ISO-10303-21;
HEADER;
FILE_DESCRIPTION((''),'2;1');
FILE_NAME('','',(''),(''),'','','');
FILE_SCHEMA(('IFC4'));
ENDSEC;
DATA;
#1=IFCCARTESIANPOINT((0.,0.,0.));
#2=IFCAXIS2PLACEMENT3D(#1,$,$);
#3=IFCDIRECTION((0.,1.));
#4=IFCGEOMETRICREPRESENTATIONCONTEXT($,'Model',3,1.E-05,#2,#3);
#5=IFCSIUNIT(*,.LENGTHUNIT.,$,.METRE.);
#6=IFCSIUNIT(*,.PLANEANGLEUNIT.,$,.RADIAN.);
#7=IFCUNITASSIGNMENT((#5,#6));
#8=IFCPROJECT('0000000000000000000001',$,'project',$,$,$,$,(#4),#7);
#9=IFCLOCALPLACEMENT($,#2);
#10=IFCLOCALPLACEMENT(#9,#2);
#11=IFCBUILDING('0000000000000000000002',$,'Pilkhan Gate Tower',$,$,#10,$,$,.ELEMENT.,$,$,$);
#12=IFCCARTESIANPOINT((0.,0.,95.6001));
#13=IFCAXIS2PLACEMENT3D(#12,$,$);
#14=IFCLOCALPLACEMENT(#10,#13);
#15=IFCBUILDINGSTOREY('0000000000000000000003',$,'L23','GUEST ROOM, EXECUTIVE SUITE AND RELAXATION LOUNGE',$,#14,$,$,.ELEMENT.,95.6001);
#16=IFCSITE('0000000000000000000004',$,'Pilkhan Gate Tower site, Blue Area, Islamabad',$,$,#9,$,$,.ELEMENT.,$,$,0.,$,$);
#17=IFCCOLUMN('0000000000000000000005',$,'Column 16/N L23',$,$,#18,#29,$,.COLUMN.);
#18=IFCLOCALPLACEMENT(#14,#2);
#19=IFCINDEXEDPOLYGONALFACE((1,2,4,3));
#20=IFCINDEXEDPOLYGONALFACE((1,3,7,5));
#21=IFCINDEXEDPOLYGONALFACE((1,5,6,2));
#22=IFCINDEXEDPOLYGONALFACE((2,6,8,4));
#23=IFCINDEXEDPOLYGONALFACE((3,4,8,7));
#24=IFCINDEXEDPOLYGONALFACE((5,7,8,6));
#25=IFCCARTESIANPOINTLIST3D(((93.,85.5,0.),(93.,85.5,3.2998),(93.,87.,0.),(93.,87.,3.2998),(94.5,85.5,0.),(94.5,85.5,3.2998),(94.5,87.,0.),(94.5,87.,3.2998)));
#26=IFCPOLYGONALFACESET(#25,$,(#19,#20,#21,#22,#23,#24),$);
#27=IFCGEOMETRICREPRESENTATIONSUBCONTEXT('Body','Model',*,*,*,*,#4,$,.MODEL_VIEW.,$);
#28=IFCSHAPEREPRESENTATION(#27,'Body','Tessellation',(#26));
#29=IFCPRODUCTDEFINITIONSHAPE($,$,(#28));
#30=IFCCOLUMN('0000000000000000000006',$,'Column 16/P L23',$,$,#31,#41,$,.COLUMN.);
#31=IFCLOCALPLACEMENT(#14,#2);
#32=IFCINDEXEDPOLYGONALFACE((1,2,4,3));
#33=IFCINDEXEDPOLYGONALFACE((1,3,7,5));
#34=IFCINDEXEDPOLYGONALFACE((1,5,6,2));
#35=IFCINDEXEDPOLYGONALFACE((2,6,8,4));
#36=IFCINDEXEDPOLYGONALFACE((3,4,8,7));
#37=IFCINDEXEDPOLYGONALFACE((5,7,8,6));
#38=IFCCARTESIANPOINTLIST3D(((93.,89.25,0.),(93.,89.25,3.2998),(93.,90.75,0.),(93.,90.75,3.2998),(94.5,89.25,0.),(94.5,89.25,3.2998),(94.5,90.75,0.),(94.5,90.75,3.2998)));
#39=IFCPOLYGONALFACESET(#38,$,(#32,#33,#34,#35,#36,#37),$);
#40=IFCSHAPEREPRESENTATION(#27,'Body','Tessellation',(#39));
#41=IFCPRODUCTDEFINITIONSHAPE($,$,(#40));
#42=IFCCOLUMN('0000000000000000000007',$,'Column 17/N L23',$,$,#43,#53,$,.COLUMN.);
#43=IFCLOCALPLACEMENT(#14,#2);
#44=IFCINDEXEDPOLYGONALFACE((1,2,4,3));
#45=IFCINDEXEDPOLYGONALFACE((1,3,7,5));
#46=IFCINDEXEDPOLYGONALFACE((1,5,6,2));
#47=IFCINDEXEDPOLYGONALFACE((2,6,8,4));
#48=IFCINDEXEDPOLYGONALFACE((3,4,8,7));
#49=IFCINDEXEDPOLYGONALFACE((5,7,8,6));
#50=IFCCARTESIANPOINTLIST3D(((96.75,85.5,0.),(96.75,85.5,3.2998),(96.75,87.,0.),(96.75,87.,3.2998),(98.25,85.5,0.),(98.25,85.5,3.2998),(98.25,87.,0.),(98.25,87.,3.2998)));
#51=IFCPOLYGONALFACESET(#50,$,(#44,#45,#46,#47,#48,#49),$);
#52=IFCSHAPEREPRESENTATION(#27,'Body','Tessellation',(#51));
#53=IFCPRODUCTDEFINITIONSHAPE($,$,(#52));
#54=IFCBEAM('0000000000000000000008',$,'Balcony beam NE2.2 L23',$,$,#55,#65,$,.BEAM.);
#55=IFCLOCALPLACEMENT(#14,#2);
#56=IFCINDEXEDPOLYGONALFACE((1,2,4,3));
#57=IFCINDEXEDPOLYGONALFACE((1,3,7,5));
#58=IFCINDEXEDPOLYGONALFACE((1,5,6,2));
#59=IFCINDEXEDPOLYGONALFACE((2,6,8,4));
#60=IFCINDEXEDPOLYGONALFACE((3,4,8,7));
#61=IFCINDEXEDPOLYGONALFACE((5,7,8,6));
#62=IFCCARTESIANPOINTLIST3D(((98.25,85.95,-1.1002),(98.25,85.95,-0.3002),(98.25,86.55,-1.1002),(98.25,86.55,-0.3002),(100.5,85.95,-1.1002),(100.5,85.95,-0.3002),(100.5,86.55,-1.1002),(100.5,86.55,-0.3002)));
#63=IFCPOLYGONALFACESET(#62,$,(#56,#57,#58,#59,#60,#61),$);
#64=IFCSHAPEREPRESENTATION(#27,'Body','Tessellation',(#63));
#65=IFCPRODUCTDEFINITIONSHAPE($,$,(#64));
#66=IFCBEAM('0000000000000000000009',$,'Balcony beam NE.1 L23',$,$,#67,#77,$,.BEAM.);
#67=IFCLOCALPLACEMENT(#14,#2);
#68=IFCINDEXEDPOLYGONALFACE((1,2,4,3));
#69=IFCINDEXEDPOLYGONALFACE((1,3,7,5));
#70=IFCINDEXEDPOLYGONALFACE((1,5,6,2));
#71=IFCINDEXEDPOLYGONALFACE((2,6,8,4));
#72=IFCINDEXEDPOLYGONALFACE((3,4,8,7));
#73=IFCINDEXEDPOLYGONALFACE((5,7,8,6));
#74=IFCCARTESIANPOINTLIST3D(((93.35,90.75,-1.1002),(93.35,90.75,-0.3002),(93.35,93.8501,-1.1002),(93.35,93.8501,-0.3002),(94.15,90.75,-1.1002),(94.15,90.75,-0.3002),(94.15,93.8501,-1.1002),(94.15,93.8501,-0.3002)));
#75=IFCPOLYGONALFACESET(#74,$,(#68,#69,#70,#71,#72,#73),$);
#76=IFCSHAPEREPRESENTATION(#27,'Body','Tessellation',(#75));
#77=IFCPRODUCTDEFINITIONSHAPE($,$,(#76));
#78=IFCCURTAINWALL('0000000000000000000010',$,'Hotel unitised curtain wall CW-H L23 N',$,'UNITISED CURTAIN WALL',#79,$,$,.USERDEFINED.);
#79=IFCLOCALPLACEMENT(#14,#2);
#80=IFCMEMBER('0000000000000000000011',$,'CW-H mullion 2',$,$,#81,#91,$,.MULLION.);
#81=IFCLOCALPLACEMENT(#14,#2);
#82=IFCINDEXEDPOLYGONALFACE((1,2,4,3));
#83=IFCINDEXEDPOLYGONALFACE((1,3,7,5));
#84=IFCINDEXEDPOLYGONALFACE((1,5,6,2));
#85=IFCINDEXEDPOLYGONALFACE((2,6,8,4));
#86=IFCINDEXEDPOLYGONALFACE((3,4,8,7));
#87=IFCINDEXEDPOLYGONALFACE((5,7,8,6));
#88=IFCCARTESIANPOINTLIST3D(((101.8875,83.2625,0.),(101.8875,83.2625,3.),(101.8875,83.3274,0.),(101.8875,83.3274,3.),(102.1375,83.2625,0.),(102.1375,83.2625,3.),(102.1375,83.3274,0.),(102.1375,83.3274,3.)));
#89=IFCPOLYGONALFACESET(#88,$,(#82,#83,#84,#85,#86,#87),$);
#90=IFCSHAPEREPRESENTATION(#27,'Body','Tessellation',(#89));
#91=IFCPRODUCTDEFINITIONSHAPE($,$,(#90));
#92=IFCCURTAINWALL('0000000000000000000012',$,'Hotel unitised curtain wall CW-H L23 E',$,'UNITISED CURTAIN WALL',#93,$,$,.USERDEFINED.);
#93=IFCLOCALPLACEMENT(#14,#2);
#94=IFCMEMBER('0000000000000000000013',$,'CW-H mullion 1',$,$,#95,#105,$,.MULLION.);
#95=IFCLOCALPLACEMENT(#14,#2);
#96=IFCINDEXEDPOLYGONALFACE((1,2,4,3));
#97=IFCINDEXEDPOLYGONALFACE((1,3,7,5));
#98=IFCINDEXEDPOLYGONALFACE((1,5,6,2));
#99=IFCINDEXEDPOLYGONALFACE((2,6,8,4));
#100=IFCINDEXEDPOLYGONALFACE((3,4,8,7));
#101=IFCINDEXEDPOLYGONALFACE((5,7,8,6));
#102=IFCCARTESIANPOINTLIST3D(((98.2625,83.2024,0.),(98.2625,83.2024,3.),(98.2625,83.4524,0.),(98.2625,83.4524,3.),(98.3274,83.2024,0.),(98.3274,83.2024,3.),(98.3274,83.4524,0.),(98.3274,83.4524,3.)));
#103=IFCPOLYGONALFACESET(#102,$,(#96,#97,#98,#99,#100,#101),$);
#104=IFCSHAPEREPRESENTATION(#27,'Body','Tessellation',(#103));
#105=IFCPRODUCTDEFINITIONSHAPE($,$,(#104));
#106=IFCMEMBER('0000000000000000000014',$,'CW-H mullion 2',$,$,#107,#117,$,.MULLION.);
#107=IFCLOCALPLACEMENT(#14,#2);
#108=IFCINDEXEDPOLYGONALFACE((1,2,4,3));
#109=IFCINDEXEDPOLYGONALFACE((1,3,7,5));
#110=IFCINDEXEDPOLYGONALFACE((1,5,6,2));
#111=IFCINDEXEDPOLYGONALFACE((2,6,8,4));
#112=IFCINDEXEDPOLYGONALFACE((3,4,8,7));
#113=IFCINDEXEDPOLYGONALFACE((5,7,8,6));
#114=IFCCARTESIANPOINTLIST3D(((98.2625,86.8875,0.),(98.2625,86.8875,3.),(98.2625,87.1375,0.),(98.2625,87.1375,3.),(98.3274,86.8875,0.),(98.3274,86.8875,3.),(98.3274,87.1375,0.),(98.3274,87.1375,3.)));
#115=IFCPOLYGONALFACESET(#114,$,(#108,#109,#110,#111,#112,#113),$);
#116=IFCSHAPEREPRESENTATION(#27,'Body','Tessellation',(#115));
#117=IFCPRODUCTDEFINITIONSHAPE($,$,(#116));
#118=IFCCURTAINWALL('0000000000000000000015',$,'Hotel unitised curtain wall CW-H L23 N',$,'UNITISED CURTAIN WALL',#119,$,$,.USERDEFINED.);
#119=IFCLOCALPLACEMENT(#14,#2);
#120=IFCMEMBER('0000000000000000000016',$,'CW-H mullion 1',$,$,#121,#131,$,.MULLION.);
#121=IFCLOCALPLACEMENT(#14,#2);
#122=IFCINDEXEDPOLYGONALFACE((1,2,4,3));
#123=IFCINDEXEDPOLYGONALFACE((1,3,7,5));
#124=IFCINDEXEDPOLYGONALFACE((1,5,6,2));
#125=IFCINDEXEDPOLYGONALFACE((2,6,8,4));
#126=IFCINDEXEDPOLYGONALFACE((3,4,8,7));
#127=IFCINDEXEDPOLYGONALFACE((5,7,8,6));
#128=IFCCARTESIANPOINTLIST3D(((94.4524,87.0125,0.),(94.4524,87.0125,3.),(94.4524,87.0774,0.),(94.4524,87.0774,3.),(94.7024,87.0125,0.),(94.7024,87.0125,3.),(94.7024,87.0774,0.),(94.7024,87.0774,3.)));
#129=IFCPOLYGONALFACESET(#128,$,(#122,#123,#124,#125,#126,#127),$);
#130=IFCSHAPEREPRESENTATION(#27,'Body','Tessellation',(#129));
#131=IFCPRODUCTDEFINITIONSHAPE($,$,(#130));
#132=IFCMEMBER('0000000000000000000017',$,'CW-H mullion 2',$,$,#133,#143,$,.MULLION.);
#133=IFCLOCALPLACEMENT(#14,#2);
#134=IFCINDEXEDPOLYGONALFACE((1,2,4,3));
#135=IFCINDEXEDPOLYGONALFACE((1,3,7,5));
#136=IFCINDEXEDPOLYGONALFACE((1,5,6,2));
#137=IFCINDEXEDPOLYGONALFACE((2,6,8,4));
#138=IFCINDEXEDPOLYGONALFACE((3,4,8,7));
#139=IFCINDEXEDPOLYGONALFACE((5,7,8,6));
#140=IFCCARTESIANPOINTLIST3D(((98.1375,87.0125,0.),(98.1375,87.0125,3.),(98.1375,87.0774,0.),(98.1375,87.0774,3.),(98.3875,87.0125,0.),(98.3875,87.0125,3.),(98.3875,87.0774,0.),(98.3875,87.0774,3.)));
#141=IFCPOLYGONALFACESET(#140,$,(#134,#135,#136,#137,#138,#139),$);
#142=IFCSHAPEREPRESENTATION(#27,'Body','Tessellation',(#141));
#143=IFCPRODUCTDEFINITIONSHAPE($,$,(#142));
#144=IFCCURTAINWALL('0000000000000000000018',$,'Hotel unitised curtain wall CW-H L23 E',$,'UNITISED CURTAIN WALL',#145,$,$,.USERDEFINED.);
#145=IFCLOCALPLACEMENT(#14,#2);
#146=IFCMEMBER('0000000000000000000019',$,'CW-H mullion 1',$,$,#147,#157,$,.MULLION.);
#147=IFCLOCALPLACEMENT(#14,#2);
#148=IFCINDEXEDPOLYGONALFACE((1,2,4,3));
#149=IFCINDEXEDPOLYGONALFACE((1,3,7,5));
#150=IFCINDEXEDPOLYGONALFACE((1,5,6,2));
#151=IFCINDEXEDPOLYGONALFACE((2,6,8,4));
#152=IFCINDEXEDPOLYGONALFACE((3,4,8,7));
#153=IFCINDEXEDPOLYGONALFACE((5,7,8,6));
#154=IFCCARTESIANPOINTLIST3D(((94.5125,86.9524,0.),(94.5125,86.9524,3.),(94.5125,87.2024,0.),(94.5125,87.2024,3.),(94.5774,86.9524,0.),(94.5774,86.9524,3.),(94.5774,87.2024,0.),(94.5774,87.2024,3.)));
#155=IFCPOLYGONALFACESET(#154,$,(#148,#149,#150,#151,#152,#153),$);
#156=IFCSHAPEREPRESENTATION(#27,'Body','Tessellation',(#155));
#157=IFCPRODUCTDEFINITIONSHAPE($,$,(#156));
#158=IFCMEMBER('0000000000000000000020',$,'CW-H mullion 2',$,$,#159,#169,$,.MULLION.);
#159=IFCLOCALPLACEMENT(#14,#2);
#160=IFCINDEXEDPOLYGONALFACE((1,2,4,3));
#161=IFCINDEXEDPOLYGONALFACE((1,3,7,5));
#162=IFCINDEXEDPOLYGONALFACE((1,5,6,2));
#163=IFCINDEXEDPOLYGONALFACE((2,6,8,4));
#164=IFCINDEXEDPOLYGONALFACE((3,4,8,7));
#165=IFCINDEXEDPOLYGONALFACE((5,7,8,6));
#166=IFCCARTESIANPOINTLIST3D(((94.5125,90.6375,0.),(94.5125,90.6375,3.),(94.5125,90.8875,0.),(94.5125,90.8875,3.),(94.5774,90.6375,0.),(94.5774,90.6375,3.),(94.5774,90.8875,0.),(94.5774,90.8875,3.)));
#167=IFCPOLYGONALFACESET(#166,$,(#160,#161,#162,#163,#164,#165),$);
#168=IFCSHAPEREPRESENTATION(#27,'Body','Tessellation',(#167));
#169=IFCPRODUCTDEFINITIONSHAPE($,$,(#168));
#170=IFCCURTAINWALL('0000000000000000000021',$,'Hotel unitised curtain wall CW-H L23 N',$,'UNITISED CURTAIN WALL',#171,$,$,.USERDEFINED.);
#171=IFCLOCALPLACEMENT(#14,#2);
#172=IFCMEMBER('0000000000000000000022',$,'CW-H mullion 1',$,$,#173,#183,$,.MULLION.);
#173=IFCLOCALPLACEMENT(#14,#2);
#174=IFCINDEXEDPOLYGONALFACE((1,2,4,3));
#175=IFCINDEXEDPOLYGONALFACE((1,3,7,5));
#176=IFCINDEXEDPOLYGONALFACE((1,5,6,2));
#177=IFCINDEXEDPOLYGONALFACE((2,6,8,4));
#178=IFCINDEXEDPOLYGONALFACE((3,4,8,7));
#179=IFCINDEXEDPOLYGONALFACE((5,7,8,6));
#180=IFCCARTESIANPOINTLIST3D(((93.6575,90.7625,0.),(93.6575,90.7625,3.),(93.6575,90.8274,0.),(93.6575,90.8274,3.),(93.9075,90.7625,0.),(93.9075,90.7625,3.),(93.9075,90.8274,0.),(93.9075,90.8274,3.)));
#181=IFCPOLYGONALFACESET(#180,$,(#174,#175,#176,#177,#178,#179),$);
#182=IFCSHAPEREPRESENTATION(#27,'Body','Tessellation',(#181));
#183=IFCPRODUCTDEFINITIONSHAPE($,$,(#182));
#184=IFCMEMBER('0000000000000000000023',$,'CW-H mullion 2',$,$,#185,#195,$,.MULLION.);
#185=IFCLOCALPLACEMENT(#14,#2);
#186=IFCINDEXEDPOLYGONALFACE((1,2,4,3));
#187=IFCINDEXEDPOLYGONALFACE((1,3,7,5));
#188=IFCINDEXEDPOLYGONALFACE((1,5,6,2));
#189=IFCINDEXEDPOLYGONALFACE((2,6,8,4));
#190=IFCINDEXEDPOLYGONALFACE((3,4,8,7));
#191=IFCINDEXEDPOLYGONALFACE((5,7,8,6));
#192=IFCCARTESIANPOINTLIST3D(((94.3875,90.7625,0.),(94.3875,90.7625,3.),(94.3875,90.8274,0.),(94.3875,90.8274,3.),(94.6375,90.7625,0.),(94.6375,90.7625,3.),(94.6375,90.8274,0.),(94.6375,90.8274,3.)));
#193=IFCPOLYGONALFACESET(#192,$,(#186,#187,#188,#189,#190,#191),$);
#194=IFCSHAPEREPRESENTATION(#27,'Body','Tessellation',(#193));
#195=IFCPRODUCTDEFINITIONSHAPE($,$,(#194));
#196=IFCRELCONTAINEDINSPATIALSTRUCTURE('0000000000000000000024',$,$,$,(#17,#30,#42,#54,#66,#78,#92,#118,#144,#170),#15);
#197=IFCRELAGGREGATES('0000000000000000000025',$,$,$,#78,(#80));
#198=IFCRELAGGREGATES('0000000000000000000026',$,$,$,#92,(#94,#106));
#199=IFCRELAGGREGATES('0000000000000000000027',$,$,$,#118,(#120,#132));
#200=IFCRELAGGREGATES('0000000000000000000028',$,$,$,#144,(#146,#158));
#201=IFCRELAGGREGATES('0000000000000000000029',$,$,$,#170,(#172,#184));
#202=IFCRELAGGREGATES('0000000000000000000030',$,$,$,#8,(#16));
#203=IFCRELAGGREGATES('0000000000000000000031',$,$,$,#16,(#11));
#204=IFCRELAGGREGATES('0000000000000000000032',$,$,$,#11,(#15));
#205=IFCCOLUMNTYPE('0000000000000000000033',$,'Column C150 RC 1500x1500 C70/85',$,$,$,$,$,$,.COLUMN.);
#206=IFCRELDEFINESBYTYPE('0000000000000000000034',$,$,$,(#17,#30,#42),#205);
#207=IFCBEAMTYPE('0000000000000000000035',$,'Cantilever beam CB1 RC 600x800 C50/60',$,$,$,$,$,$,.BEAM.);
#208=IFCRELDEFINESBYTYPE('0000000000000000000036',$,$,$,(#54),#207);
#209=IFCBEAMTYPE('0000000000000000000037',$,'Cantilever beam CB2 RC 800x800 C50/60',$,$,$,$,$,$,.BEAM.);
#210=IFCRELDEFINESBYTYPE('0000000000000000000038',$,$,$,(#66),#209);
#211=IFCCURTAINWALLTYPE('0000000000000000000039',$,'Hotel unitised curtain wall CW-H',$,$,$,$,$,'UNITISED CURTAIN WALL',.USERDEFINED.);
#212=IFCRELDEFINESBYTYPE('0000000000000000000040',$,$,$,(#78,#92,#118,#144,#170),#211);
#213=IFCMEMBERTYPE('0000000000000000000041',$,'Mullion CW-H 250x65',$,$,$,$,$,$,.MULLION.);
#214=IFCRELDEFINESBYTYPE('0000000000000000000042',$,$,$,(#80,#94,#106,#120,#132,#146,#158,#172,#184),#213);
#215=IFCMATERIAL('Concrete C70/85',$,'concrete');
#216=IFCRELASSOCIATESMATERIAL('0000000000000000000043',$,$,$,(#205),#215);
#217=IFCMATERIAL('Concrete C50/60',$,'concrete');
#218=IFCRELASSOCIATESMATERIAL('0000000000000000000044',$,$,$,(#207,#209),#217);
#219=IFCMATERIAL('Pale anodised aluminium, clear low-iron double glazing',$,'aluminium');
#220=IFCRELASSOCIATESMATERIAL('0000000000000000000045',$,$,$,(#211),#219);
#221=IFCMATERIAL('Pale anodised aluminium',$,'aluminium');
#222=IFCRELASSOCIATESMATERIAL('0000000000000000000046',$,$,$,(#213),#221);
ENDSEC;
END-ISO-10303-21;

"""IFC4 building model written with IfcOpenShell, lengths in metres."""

from ifc_helpers import new_model, si_unit, direction, frame, origin, origin_2d, place, context, subcontext, project, spatial, rectangle, extrude, material, material_profile, profile_set, type_object, element, aggregate, save


model = new_model("IFC4")

# Units and contexts
model_context = context("Model", 3, precision=1e-05, world=origin(), true_north=direction((0.0, 1.0)))
body_context = subcontext(model_context, "Body", "Model", "MODEL_VIEW")
ifc_project = project(units=[si_unit("LENGTHUNIT", "METRE"), si_unit("PLANEANGLEUNIT", "RADIAN")], contexts=[model_context])

# Site, building, storey
site_placement = place(None, origin())
site = spatial("IfcSite", under=ifc_project, at=site_placement, Name="Pilkhan Gate Tower site, Blue Area, Islamabad", CompositionType="ELEMENT", RefElevation=0.0)
building_placement = place(site_placement, origin())
building = spatial("IfcBuilding", under=site, at=building_placement, Name="Pilkhan Gate Tower", CompositionType="ELEMENT")
storey_placement = place(building_placement, frame((0.0, 0.0, 95.6001)))
storey = spatial("IfcBuildingStorey", under=building, at=storey_placement, Name="L23", Description="GUEST ROOM, EXECUTIVE SUITE AND RELAXATION LOUNGE", CompositionType="ELEMENT", Elevation=95.6001)

# Columns
ifc_material_1 = material(Name="Concrete C70/85", Category="concrete")
ifc_material_profile_1 = material_profile(ifc_material_1, rectangle(XDim=1.5, YDim=1.5, at=origin_2d()), Name="RC 1500x1500")
ifc_profile_set_1 = profile_set([ifc_material_profile_1], Name="Concrete C70/85")
column_type = type_object("IfcColumnType", Name="Column C150 RC 1500x1500 C70/85", PredefinedType="COLUMN", material=ifc_profile_set_1)
for number, where, z_axis, x_axis, name in (
    (1, (93.75, 86.25, 0.0), (0.0, 0.0, 1.0), (1.0, 0.0, 0.0), "Column 16/N L23"),
    (2, (93.75, 90.0, 0.0), (0.0, 0.0, 1.0), (1.0, 0.0, 0.0), "Column 16/P L23"),
    (3, (97.5, 86.25, 0.0), (0.0, 0.0, 1.0), (1.0, 0.0, 0.0), "Column 17/N L23"),
):
    element("IfcColumn", number, at=place(storey_placement, frame(where, z_axis=z_axis, x_axis=x_axis)), inside=storey, type_object=column_type, Name=name, PredefinedType="COLUMN", context=body_context, shape_type="SweptSolid", body=[
        extrude(rectangle(XDim=1.5, YDim=1.5, at=origin_2d()), origin(), (0.0, 0.0, 1.0), 3.2998),
    ])

# Beams
ifc_material_2 = material(Name="Concrete C50/60", Category="concrete")
ifc_material_profile_2 = material_profile(ifc_material_2, rectangle(XDim=0.6001, YDim=0.8, at=origin_2d()), Name="RC 600x800")
ifc_profile_set_2 = profile_set([ifc_material_profile_2], Name="Concrete C50/60")
beam_type_1 = type_object("IfcBeamType", Name="Cantilever beam CB1 RC 600x800 C50/60", PredefinedType="BEAM", material=ifc_profile_set_2)
beam_1_placement = place(storey_placement, frame((98.25, 86.25, -0.7002), z_axis=(1.0, 0.0, 0.0), x_axis=(0.0, 1.0, 0.0)))
element("IfcBeam", 4, at=beam_1_placement, inside=storey, type_object=beam_type_1, Name="Balcony beam NE2.2 L23", PredefinedType="BEAM", context=body_context, shape_type="SweptSolid", body=[
    extrude(rectangle(XDim=0.6001, YDim=0.8, at=origin_2d()), origin(), (0.0, 0.0, 1.0), 2.25),
])
ifc_material_profile_3 = material_profile(ifc_material_2, rectangle(XDim=0.8, YDim=0.8, at=origin_2d()), Name="RC 800x800")
ifc_profile_set_3 = profile_set([ifc_material_profile_3], Name="Concrete C50/60")
beam_type_2 = type_object("IfcBeamType", Name="Cantilever beam CB2 RC 800x800 C50/60", PredefinedType="BEAM", material=ifc_profile_set_3)
beam_2_placement = place(storey_placement, frame((93.75, 90.75, -0.7002), z_axis=(0.0, 1.0, 0.0), x_axis=(-1.0, 0.0, 0.0)))
element("IfcBeam", 5, at=beam_2_placement, inside=storey, type_object=beam_type_2, Name="Balcony beam NE.1 L23", PredefinedType="BEAM", context=body_context, shape_type="SweptSolid", body=[
    extrude(rectangle(XDim=0.8, YDim=0.8, at=origin_2d()), origin(), (0.0, 0.0, 1.0), 3.1001),
])

# Curtain wall, member
ifc_material_3 = material(Name="Pale anodised aluminium, clear low-iron double glazing", Category="aluminium")
curtain_wall_type = type_object("IfcCurtainWallType", Name="Hotel unitised curtain wall CW-H", ElementType="UNITISED CURTAIN WALL", PredefinedType="USERDEFINED", material=ifc_material_3)
curtain_wall_1_placement = place(storey_placement, origin())
curtain_wall_1 = element("IfcCurtainWall", 6, at=curtain_wall_1_placement, inside=storey, type_object=curtain_wall_type, Name="Hotel unitised curtain wall CW-H L23 N", ObjectType="UNITISED CURTAIN WALL", PredefinedType="USERDEFINED")
ifc_material_4 = material(Name="Pale anodised aluminium", Category="aluminium")
ifc_material_profile_4 = material_profile(ifc_material_4, rectangle(XDim=0.0649, YDim=0.25, at=origin_2d()), Name="Mullion 250x65")
ifc_profile_set_4 = profile_set([ifc_material_profile_4], Name="Pale anodised aluminium")
member_type_1 = type_object("IfcMemberType", Name="Mullion CW-H 250x65", PredefinedType="MULLION", material=ifc_profile_set_4)
member_1_placement = place(storey_placement, frame((102.0125, 83.2949, 0.0), z_axis=(0.0, 0.0, 1.0), x_axis=(0.0, 1.0, 0.0)))
member_1 = element("IfcMember", 7, at=member_1_placement, type_object=member_type_1, Name="CW-H mullion 2", PredefinedType="MULLION", context=body_context, shape_type="SweptSolid", body=[
    extrude(rectangle(XDim=0.0649, YDim=0.25, at=origin_2d()), origin(), (0.0, 0.0, 1.0), 3.0),
])

# Curtain walls, members
curtain_wall_2_placement = place(storey_placement, origin())
curtain_wall_2 = element("IfcCurtainWall", 8, at=curtain_wall_2_placement, inside=storey, type_object=curtain_wall_type, Name="Hotel unitised curtain wall CW-H L23 E", ObjectType="UNITISED CURTAIN WALL", PredefinedType="USERDEFINED")
member_2_placement = place(storey_placement, frame((98.2949, 83.3274, 0.0), z_axis=(0.0, 0.0, 1.0), x_axis=(-1.0, 0.0, 0.0)))
member_2 = element("IfcMember", 9, at=member_2_placement, type_object=member_type_1, Name="CW-H mullion 1", PredefinedType="MULLION", context=body_context, shape_type="SweptSolid", body=[
    extrude(rectangle(XDim=0.0649, YDim=0.25, at=origin_2d()), origin(), (0.0, 0.0, 1.0), 3.0),
])
member_3_placement = place(storey_placement, frame((98.2949, 87.0125, 0.0), z_axis=(0.0, 0.0, 1.0), x_axis=(-1.0, 0.0, 0.0)))
member_3 = element("IfcMember", 10, at=member_3_placement, type_object=member_type_1, Name="CW-H mullion 2", PredefinedType="MULLION", context=body_context, shape_type="SweptSolid", body=[
    extrude(rectangle(XDim=0.0649, YDim=0.25, at=origin_2d()), origin(), (0.0, 0.0, 1.0), 3.0),
])
curtain_wall_3_placement = place(storey_placement, origin())
curtain_wall_3 = element("IfcCurtainWall", 11, at=curtain_wall_3_placement, inside=storey, type_object=curtain_wall_type, Name="Hotel unitised curtain wall CW-H L23 N", ObjectType="UNITISED CURTAIN WALL", PredefinedType="USERDEFINED")
member_4_placement = place(storey_placement, frame((94.5774, 87.0449, 0.0), z_axis=(0.0, 0.0, 1.0), x_axis=(0.0, 1.0, 0.0)))
member_4 = element("IfcMember", 12, at=member_4_placement, type_object=member_type_1, Name="CW-H mullion 1", PredefinedType="MULLION", context=body_context, shape_type="SweptSolid", body=[
    extrude(rectangle(XDim=0.0649, YDim=0.25, at=origin_2d()), origin(), (0.0, 0.0, 1.0), 3.0),
])
member_5_placement = place(storey_placement, frame((98.2625, 87.0449, 0.0), z_axis=(0.0, 0.0, 1.0), x_axis=(0.0, 1.0, 0.0)))
member_5 = element("IfcMember", 13, at=member_5_placement, type_object=member_type_1, Name="CW-H mullion 2", PredefinedType="MULLION", context=body_context, shape_type="SweptSolid", body=[
    extrude(rectangle(XDim=0.0649, YDim=0.25, at=origin_2d()), origin(), (0.0, 0.0, 1.0), 3.0),
])
curtain_wall_4_placement = place(storey_placement, origin())
curtain_wall_4 = element("IfcCurtainWall", 14, at=curtain_wall_4_placement, inside=storey, type_object=curtain_wall_type, Name="Hotel unitised curtain wall CW-H L23 E", ObjectType="UNITISED CURTAIN WALL", PredefinedType="USERDEFINED")
member_6_placement = place(storey_placement, frame((94.5449, 87.0774, 0.0), z_axis=(0.0, 0.0, 1.0), x_axis=(-1.0, 0.0, 0.0)))
member_6 = element("IfcMember", 15, at=member_6_placement, type_object=member_type_1, Name="CW-H mullion 1", PredefinedType="MULLION", context=body_context, shape_type="SweptSolid", body=[
    extrude(rectangle(XDim=0.0649, YDim=0.25, at=origin_2d()), origin(), (0.0, 0.0, 1.0), 3.0),
])
member_7_placement = place(storey_placement, frame((94.5449, 90.7625, 0.0), z_axis=(0.0, 0.0, 1.0), x_axis=(-1.0, 0.0, 0.0)))
member_7 = element("IfcMember", 16, at=member_7_placement, type_object=member_type_1, Name="CW-H mullion 2", PredefinedType="MULLION", context=body_context, shape_type="SweptSolid", body=[
    extrude(rectangle(XDim=0.0649, YDim=0.25, at=origin_2d()), origin(), (0.0, 0.0, 1.0), 3.0),
])
curtain_wall_5_placement = place(storey_placement, origin())
curtain_wall_5 = element("IfcCurtainWall", 17, at=curtain_wall_5_placement, inside=storey, type_object=curtain_wall_type, Name="Hotel unitised curtain wall CW-H L23 N", ObjectType="UNITISED CURTAIN WALL", PredefinedType="USERDEFINED")
member_8_placement = place(storey_placement, frame((93.7825, 90.7949, 0.0), z_axis=(0.0, 0.0, 1.0), x_axis=(0.0, 1.0, 0.0)))
member_8 = element("IfcMember", 18, at=member_8_placement, type_object=member_type_1, Name="CW-H mullion 1", PredefinedType="MULLION", context=body_context, shape_type="SweptSolid", body=[
    extrude(rectangle(XDim=0.0649, YDim=0.25, at=origin_2d()), origin(), (0.0, 0.0, 1.0), 3.0),
])
member_9_placement = place(storey_placement, frame((94.5125, 90.7949, 0.0), z_axis=(0.0, 0.0, 1.0), x_axis=(0.0, 1.0, 0.0)))
member_9 = element("IfcMember", 19, at=member_9_placement, type_object=member_type_1, Name="CW-H mullion 2", PredefinedType="MULLION", context=body_context, shape_type="SweptSolid", body=[
    extrude(rectangle(XDim=0.0649, YDim=0.25, at=origin_2d()), origin(), (0.0, 0.0, 1.0), 3.0),
])

aggregate(curtain_wall_1, [member_1])
aggregate(curtain_wall_2, [member_2, member_3])
aggregate(curtain_wall_3, [member_4, member_5])
aggregate(curtain_wall_4, [member_6, member_7])
aggregate(curtain_wall_5, [member_8, member_9])

save(model, "model.ifc")
